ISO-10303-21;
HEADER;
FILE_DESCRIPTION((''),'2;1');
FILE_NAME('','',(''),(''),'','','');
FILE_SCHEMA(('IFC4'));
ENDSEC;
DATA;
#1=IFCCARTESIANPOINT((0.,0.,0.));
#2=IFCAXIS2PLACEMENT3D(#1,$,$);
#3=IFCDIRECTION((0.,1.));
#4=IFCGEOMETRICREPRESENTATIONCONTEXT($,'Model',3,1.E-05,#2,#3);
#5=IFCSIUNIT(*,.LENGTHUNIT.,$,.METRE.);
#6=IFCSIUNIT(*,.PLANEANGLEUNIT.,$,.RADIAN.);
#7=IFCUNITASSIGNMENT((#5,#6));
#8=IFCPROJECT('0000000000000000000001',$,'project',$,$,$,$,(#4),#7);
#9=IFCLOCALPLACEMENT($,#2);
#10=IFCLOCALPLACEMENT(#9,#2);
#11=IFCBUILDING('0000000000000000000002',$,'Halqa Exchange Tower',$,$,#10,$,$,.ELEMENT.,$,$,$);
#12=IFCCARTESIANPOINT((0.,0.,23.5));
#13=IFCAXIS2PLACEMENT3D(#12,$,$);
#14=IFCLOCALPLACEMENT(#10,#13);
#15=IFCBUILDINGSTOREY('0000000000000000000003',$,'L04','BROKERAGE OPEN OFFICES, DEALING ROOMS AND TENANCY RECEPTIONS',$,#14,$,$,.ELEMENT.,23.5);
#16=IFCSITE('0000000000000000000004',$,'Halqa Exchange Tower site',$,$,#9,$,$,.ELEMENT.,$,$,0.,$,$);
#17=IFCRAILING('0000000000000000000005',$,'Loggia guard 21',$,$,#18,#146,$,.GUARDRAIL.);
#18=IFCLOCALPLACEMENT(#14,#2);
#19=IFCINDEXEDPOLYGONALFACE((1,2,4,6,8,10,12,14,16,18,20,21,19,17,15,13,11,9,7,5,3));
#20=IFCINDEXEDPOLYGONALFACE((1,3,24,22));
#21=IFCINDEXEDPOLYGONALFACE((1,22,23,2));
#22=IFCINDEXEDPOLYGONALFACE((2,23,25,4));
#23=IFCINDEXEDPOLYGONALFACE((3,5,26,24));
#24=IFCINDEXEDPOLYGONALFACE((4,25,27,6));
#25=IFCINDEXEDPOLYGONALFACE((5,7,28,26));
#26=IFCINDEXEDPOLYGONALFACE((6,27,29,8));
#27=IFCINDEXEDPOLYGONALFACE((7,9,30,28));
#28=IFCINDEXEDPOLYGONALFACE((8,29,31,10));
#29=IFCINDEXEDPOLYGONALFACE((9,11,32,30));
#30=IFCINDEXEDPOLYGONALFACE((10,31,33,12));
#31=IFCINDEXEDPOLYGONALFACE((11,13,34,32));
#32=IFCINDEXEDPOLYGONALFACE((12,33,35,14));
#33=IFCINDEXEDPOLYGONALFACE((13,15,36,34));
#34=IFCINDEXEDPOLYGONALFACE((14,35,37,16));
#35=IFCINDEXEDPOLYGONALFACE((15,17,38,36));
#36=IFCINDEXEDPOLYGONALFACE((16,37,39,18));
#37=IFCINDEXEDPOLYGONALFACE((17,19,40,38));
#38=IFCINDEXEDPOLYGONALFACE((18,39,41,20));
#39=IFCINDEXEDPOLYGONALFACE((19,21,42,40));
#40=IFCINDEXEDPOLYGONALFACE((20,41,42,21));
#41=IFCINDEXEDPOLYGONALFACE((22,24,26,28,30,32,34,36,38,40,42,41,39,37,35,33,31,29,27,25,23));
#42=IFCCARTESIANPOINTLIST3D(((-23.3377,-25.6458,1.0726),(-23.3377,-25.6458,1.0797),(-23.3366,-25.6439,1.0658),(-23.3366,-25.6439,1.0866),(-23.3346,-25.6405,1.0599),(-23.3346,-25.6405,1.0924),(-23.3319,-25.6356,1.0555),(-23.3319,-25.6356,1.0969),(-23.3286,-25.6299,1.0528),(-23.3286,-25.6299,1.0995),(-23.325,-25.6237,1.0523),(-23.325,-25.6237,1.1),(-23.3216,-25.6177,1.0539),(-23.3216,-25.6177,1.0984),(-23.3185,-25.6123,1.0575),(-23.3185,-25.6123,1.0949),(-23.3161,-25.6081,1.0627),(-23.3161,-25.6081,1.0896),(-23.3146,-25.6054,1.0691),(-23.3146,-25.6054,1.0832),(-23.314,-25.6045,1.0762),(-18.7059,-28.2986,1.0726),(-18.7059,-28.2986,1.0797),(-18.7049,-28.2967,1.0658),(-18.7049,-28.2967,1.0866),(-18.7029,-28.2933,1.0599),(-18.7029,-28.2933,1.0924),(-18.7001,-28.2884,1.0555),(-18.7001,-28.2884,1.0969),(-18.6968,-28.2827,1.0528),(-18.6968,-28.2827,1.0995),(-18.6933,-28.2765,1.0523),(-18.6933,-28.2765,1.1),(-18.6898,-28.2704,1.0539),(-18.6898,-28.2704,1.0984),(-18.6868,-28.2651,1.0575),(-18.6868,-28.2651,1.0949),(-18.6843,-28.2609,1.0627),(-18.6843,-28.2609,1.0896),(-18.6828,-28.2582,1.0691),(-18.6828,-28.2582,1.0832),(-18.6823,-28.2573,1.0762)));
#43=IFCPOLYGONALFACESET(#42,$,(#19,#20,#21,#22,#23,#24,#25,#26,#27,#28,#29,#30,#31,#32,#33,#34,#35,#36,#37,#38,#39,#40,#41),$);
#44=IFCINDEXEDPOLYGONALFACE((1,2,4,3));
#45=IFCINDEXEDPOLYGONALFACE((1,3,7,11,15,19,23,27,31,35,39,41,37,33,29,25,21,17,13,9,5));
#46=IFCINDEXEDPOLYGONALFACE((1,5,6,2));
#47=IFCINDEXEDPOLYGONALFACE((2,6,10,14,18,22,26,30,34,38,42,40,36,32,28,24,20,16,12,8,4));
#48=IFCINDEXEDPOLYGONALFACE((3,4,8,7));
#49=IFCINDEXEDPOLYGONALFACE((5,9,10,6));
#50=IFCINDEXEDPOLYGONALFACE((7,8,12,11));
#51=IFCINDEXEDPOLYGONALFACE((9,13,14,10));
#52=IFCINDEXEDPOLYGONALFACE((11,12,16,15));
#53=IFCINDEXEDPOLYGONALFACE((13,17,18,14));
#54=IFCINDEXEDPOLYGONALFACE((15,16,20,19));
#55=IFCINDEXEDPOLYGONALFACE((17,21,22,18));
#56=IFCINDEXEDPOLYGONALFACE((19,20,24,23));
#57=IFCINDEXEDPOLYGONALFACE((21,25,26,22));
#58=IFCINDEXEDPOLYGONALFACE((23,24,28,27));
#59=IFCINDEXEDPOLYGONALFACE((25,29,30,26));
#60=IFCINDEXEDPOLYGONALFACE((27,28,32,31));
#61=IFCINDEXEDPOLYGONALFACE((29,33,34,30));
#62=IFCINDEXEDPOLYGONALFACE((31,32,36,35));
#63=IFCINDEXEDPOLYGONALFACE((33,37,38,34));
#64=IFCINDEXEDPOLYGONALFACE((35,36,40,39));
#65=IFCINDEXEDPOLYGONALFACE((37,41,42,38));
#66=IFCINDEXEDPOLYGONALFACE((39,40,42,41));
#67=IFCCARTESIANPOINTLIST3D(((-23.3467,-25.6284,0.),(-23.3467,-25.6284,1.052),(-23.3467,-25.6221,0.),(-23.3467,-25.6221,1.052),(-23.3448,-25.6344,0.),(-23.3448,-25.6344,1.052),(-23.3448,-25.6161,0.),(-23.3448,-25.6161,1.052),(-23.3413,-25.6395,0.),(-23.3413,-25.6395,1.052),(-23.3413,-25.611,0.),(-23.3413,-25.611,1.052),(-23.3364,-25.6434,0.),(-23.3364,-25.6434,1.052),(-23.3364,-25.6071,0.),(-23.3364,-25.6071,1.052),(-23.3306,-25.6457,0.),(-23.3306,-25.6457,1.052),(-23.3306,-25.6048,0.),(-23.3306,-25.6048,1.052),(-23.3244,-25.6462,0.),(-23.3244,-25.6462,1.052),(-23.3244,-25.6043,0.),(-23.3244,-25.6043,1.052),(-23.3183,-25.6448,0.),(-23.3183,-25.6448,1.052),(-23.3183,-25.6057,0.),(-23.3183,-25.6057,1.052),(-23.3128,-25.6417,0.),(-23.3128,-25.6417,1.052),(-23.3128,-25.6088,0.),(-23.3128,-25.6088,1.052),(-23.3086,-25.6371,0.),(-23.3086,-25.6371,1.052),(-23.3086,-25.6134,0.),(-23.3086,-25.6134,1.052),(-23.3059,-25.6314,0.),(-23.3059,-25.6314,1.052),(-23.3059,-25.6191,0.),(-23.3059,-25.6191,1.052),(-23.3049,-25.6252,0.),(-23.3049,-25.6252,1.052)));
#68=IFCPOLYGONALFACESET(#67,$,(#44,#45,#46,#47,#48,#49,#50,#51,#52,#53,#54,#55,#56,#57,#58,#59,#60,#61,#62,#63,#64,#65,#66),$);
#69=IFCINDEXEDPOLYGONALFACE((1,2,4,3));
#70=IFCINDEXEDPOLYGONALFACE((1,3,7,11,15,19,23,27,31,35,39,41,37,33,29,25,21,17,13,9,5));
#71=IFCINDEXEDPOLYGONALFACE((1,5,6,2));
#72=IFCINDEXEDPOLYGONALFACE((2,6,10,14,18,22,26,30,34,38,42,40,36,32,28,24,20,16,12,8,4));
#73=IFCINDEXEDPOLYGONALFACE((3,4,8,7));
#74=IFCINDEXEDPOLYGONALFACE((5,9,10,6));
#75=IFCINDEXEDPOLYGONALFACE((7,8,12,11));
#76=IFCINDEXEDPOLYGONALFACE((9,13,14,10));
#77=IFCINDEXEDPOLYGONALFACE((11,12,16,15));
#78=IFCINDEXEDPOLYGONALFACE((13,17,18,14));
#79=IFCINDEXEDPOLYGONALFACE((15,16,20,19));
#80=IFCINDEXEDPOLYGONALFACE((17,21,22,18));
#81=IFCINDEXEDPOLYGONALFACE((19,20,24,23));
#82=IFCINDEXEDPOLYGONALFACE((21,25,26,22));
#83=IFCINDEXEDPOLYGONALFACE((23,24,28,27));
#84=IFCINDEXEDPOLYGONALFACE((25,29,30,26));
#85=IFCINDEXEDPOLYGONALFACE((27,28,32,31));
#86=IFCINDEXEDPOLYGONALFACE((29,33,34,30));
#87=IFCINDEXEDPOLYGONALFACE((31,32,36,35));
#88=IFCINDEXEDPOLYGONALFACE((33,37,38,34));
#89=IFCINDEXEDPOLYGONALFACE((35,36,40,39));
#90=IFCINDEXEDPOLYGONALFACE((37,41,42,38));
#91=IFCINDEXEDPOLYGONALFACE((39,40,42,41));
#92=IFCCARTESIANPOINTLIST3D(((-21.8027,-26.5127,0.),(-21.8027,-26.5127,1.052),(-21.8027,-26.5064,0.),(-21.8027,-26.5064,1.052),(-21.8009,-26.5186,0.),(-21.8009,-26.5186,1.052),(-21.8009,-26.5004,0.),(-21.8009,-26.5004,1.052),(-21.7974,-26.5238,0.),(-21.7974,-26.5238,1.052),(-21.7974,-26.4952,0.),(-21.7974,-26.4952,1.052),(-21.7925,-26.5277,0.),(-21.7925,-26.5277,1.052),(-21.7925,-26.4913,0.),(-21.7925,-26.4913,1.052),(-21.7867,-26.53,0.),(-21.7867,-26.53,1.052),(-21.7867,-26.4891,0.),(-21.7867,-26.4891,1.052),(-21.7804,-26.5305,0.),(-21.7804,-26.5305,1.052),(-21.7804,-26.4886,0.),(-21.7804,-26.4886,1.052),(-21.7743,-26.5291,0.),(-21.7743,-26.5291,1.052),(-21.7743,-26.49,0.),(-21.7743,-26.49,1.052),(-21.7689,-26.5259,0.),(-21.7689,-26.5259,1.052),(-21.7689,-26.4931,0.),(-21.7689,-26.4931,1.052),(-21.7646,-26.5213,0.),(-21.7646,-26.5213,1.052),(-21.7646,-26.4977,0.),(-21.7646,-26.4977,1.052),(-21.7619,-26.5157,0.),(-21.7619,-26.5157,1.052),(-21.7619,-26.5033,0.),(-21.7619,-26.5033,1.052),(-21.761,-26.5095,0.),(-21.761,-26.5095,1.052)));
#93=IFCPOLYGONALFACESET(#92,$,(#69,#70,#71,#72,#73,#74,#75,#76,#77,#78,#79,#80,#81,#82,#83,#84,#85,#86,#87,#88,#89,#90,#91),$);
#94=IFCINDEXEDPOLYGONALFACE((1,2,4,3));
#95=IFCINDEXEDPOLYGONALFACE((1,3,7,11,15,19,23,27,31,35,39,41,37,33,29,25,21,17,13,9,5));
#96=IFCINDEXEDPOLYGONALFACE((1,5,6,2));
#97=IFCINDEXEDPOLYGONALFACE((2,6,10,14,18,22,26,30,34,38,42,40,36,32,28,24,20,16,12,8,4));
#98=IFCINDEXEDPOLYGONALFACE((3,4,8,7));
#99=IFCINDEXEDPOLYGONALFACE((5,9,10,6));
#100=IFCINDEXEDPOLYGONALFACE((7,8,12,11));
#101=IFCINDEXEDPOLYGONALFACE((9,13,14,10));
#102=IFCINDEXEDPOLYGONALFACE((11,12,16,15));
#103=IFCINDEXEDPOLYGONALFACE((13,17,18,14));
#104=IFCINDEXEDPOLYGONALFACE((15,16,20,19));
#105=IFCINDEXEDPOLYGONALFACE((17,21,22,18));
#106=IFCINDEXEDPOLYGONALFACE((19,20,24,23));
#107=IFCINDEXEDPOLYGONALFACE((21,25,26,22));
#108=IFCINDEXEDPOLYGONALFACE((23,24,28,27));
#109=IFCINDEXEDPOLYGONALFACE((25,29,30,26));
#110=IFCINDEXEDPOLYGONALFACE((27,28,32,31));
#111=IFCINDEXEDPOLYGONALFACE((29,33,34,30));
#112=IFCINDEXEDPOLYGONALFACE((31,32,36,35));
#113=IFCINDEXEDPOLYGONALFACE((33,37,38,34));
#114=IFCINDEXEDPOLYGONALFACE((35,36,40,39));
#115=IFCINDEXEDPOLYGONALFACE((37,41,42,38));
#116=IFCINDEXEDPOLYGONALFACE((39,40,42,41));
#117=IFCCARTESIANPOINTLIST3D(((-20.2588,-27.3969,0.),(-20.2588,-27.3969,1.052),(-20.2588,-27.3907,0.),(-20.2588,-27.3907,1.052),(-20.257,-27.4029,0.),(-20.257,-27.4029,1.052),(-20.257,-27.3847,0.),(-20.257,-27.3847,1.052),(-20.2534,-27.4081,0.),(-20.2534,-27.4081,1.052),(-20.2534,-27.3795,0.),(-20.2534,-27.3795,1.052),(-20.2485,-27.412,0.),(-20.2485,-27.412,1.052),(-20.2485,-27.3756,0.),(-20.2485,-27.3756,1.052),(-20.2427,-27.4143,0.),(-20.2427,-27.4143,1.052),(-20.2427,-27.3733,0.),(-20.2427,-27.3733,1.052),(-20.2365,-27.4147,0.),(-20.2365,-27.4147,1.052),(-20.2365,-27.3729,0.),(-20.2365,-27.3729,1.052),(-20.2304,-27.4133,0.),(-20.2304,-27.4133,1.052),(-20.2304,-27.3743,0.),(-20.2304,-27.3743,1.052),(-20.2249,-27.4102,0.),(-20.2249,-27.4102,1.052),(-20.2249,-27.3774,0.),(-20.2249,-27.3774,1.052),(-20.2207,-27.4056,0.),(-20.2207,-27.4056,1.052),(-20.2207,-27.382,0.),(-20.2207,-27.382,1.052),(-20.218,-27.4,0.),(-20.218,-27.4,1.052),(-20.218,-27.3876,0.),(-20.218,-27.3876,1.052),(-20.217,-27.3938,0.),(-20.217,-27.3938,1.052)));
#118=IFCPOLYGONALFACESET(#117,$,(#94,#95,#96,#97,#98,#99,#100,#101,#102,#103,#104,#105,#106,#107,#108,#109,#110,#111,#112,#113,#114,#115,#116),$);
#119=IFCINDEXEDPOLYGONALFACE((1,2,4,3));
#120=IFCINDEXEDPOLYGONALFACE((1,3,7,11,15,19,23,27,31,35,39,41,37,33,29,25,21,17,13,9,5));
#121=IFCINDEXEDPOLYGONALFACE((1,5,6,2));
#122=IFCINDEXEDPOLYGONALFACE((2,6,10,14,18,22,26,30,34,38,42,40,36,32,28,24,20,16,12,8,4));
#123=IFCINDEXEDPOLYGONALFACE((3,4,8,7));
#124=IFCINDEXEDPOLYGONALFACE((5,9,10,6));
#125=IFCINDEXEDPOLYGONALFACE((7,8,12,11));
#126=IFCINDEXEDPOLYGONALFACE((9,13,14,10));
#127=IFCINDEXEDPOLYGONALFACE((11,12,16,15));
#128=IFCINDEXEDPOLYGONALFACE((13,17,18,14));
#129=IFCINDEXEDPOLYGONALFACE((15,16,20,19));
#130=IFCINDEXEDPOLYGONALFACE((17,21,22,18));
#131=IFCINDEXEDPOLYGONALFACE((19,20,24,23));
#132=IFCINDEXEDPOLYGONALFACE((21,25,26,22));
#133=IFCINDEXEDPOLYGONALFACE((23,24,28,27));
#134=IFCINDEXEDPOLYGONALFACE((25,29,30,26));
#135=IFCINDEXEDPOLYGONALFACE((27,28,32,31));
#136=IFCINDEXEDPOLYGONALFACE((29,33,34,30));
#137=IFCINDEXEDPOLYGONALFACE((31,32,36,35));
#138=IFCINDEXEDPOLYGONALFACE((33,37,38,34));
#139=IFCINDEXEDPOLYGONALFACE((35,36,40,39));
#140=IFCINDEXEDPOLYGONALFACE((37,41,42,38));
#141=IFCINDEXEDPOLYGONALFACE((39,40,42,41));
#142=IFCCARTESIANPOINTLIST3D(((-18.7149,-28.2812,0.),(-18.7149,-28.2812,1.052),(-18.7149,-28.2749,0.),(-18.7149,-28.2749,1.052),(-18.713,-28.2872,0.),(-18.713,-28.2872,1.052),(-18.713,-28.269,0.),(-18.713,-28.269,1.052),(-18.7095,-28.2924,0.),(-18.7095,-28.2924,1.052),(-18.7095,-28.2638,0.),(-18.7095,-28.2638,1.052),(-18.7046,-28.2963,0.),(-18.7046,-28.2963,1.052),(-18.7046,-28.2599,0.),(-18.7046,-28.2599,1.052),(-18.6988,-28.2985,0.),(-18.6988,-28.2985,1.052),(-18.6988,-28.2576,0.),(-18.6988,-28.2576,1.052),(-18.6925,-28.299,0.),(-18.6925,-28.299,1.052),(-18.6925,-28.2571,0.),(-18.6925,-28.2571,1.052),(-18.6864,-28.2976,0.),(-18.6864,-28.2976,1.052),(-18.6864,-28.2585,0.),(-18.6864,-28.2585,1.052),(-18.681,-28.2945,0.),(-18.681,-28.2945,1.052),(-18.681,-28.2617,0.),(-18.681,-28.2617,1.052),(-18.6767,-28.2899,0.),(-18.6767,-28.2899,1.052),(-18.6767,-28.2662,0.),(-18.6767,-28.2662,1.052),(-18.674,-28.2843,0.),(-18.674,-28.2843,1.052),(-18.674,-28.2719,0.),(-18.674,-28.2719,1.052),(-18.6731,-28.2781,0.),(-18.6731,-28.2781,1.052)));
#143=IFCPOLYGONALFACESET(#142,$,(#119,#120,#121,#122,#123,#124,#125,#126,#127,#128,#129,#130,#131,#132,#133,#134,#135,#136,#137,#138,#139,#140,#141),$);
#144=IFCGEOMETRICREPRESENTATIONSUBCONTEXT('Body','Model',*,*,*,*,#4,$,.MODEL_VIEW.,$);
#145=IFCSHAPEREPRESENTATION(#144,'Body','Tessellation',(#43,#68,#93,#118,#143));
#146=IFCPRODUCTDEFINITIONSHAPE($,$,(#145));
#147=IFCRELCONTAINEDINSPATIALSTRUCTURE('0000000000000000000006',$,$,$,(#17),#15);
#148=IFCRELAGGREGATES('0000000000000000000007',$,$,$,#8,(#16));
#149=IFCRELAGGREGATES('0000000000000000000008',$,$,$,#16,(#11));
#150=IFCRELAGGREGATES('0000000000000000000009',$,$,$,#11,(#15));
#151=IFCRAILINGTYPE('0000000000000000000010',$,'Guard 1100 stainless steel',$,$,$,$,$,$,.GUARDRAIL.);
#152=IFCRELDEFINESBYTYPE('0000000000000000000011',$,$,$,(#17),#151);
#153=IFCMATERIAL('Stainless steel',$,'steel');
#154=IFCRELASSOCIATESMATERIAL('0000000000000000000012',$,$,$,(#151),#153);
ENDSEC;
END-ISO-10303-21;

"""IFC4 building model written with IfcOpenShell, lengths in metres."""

from ifc_helpers import new_model, si_unit, direction, frame, origin, origin_2d, place, context, subcontext, project, spatial, circle, extrude, material, type_object, element, save


model = new_model("IFC4")

# Units and contexts
model_context = context("Model", 3, precision=1e-05, world=origin(), true_north=direction((0.0, 1.0)))
body_context = subcontext(model_context, "Body", "Model", "MODEL_VIEW")
ifc_project = project(units=[si_unit("LENGTHUNIT", "METRE"), si_unit("PLANEANGLEUNIT", "RADIAN")], contexts=[model_context])

# Site, building, storey
site_placement = place(None, origin())
site = spatial("IfcSite", under=ifc_project, at=site_placement, Name="Halqa Exchange Tower site", CompositionType="ELEMENT", RefElevation=0.0)
building_placement = place(site_placement, origin())
building = spatial("IfcBuilding", under=site, at=building_placement, Name="Halqa Exchange Tower", CompositionType="ELEMENT")
storey_placement = place(building_placement, frame((0.0, 0.0, 23.5)))
storey = spatial("IfcBuildingStorey", under=building, at=storey_placement, Name="L04", Description="BROKERAGE OPEN OFFICES, DEALING ROOMS AND TENANCY RECEPTIONS", CompositionType="ELEMENT", Elevation=23.5)

# Railing
ifc_material_1 = material(Name="Stainless steel", Category="steel")
railing_type = type_object("IfcRailingType", Name="Guard 1100 stainless steel", PredefinedType="GUARDRAIL", material=ifc_material_1)
railing_1_placement = place(storey_placement, frame((-23.3259, -25.6252, 0.0)))
element("IfcRailing", 1, at=railing_1_placement, inside=storey, type_object=railing_type, Name="Loggia guard 21", PredefinedType="GUARDRAIL", context=body_context, shape_type="SweptSolid", body=[
    extrude(circle(Radius=0.0239, at=origin_2d()), frame((0.0, 0.0, 1.0762), z_axis=(0.867753, -0.496996, 0.0), x_axis=(0.496996, 0.867753, 0.0)), (0.0, 0.0, 1.0), 5.3376),
    extrude(circle(Radius=0.021, at=origin_2d()), origin(), (0.0, 0.0, 1.0), 1.052),
    extrude(circle(Radius=0.021, at=origin_2d()), frame((1.5439, -0.8843, 0.0)), (0.0, 0.0, 1.0), 1.052),
    extrude(circle(Radius=0.021, at=origin_2d()), frame((3.0879, -1.7686, 0.0)), (0.0, 0.0, 1.0), 1.052),
    extrude(circle(Radius=0.021, at=origin_2d()), frame((4.6318, -2.6528, 0.0)), (0.0, 0.0, 1.0), 1.052),
])

save(model, "model.ifc")
